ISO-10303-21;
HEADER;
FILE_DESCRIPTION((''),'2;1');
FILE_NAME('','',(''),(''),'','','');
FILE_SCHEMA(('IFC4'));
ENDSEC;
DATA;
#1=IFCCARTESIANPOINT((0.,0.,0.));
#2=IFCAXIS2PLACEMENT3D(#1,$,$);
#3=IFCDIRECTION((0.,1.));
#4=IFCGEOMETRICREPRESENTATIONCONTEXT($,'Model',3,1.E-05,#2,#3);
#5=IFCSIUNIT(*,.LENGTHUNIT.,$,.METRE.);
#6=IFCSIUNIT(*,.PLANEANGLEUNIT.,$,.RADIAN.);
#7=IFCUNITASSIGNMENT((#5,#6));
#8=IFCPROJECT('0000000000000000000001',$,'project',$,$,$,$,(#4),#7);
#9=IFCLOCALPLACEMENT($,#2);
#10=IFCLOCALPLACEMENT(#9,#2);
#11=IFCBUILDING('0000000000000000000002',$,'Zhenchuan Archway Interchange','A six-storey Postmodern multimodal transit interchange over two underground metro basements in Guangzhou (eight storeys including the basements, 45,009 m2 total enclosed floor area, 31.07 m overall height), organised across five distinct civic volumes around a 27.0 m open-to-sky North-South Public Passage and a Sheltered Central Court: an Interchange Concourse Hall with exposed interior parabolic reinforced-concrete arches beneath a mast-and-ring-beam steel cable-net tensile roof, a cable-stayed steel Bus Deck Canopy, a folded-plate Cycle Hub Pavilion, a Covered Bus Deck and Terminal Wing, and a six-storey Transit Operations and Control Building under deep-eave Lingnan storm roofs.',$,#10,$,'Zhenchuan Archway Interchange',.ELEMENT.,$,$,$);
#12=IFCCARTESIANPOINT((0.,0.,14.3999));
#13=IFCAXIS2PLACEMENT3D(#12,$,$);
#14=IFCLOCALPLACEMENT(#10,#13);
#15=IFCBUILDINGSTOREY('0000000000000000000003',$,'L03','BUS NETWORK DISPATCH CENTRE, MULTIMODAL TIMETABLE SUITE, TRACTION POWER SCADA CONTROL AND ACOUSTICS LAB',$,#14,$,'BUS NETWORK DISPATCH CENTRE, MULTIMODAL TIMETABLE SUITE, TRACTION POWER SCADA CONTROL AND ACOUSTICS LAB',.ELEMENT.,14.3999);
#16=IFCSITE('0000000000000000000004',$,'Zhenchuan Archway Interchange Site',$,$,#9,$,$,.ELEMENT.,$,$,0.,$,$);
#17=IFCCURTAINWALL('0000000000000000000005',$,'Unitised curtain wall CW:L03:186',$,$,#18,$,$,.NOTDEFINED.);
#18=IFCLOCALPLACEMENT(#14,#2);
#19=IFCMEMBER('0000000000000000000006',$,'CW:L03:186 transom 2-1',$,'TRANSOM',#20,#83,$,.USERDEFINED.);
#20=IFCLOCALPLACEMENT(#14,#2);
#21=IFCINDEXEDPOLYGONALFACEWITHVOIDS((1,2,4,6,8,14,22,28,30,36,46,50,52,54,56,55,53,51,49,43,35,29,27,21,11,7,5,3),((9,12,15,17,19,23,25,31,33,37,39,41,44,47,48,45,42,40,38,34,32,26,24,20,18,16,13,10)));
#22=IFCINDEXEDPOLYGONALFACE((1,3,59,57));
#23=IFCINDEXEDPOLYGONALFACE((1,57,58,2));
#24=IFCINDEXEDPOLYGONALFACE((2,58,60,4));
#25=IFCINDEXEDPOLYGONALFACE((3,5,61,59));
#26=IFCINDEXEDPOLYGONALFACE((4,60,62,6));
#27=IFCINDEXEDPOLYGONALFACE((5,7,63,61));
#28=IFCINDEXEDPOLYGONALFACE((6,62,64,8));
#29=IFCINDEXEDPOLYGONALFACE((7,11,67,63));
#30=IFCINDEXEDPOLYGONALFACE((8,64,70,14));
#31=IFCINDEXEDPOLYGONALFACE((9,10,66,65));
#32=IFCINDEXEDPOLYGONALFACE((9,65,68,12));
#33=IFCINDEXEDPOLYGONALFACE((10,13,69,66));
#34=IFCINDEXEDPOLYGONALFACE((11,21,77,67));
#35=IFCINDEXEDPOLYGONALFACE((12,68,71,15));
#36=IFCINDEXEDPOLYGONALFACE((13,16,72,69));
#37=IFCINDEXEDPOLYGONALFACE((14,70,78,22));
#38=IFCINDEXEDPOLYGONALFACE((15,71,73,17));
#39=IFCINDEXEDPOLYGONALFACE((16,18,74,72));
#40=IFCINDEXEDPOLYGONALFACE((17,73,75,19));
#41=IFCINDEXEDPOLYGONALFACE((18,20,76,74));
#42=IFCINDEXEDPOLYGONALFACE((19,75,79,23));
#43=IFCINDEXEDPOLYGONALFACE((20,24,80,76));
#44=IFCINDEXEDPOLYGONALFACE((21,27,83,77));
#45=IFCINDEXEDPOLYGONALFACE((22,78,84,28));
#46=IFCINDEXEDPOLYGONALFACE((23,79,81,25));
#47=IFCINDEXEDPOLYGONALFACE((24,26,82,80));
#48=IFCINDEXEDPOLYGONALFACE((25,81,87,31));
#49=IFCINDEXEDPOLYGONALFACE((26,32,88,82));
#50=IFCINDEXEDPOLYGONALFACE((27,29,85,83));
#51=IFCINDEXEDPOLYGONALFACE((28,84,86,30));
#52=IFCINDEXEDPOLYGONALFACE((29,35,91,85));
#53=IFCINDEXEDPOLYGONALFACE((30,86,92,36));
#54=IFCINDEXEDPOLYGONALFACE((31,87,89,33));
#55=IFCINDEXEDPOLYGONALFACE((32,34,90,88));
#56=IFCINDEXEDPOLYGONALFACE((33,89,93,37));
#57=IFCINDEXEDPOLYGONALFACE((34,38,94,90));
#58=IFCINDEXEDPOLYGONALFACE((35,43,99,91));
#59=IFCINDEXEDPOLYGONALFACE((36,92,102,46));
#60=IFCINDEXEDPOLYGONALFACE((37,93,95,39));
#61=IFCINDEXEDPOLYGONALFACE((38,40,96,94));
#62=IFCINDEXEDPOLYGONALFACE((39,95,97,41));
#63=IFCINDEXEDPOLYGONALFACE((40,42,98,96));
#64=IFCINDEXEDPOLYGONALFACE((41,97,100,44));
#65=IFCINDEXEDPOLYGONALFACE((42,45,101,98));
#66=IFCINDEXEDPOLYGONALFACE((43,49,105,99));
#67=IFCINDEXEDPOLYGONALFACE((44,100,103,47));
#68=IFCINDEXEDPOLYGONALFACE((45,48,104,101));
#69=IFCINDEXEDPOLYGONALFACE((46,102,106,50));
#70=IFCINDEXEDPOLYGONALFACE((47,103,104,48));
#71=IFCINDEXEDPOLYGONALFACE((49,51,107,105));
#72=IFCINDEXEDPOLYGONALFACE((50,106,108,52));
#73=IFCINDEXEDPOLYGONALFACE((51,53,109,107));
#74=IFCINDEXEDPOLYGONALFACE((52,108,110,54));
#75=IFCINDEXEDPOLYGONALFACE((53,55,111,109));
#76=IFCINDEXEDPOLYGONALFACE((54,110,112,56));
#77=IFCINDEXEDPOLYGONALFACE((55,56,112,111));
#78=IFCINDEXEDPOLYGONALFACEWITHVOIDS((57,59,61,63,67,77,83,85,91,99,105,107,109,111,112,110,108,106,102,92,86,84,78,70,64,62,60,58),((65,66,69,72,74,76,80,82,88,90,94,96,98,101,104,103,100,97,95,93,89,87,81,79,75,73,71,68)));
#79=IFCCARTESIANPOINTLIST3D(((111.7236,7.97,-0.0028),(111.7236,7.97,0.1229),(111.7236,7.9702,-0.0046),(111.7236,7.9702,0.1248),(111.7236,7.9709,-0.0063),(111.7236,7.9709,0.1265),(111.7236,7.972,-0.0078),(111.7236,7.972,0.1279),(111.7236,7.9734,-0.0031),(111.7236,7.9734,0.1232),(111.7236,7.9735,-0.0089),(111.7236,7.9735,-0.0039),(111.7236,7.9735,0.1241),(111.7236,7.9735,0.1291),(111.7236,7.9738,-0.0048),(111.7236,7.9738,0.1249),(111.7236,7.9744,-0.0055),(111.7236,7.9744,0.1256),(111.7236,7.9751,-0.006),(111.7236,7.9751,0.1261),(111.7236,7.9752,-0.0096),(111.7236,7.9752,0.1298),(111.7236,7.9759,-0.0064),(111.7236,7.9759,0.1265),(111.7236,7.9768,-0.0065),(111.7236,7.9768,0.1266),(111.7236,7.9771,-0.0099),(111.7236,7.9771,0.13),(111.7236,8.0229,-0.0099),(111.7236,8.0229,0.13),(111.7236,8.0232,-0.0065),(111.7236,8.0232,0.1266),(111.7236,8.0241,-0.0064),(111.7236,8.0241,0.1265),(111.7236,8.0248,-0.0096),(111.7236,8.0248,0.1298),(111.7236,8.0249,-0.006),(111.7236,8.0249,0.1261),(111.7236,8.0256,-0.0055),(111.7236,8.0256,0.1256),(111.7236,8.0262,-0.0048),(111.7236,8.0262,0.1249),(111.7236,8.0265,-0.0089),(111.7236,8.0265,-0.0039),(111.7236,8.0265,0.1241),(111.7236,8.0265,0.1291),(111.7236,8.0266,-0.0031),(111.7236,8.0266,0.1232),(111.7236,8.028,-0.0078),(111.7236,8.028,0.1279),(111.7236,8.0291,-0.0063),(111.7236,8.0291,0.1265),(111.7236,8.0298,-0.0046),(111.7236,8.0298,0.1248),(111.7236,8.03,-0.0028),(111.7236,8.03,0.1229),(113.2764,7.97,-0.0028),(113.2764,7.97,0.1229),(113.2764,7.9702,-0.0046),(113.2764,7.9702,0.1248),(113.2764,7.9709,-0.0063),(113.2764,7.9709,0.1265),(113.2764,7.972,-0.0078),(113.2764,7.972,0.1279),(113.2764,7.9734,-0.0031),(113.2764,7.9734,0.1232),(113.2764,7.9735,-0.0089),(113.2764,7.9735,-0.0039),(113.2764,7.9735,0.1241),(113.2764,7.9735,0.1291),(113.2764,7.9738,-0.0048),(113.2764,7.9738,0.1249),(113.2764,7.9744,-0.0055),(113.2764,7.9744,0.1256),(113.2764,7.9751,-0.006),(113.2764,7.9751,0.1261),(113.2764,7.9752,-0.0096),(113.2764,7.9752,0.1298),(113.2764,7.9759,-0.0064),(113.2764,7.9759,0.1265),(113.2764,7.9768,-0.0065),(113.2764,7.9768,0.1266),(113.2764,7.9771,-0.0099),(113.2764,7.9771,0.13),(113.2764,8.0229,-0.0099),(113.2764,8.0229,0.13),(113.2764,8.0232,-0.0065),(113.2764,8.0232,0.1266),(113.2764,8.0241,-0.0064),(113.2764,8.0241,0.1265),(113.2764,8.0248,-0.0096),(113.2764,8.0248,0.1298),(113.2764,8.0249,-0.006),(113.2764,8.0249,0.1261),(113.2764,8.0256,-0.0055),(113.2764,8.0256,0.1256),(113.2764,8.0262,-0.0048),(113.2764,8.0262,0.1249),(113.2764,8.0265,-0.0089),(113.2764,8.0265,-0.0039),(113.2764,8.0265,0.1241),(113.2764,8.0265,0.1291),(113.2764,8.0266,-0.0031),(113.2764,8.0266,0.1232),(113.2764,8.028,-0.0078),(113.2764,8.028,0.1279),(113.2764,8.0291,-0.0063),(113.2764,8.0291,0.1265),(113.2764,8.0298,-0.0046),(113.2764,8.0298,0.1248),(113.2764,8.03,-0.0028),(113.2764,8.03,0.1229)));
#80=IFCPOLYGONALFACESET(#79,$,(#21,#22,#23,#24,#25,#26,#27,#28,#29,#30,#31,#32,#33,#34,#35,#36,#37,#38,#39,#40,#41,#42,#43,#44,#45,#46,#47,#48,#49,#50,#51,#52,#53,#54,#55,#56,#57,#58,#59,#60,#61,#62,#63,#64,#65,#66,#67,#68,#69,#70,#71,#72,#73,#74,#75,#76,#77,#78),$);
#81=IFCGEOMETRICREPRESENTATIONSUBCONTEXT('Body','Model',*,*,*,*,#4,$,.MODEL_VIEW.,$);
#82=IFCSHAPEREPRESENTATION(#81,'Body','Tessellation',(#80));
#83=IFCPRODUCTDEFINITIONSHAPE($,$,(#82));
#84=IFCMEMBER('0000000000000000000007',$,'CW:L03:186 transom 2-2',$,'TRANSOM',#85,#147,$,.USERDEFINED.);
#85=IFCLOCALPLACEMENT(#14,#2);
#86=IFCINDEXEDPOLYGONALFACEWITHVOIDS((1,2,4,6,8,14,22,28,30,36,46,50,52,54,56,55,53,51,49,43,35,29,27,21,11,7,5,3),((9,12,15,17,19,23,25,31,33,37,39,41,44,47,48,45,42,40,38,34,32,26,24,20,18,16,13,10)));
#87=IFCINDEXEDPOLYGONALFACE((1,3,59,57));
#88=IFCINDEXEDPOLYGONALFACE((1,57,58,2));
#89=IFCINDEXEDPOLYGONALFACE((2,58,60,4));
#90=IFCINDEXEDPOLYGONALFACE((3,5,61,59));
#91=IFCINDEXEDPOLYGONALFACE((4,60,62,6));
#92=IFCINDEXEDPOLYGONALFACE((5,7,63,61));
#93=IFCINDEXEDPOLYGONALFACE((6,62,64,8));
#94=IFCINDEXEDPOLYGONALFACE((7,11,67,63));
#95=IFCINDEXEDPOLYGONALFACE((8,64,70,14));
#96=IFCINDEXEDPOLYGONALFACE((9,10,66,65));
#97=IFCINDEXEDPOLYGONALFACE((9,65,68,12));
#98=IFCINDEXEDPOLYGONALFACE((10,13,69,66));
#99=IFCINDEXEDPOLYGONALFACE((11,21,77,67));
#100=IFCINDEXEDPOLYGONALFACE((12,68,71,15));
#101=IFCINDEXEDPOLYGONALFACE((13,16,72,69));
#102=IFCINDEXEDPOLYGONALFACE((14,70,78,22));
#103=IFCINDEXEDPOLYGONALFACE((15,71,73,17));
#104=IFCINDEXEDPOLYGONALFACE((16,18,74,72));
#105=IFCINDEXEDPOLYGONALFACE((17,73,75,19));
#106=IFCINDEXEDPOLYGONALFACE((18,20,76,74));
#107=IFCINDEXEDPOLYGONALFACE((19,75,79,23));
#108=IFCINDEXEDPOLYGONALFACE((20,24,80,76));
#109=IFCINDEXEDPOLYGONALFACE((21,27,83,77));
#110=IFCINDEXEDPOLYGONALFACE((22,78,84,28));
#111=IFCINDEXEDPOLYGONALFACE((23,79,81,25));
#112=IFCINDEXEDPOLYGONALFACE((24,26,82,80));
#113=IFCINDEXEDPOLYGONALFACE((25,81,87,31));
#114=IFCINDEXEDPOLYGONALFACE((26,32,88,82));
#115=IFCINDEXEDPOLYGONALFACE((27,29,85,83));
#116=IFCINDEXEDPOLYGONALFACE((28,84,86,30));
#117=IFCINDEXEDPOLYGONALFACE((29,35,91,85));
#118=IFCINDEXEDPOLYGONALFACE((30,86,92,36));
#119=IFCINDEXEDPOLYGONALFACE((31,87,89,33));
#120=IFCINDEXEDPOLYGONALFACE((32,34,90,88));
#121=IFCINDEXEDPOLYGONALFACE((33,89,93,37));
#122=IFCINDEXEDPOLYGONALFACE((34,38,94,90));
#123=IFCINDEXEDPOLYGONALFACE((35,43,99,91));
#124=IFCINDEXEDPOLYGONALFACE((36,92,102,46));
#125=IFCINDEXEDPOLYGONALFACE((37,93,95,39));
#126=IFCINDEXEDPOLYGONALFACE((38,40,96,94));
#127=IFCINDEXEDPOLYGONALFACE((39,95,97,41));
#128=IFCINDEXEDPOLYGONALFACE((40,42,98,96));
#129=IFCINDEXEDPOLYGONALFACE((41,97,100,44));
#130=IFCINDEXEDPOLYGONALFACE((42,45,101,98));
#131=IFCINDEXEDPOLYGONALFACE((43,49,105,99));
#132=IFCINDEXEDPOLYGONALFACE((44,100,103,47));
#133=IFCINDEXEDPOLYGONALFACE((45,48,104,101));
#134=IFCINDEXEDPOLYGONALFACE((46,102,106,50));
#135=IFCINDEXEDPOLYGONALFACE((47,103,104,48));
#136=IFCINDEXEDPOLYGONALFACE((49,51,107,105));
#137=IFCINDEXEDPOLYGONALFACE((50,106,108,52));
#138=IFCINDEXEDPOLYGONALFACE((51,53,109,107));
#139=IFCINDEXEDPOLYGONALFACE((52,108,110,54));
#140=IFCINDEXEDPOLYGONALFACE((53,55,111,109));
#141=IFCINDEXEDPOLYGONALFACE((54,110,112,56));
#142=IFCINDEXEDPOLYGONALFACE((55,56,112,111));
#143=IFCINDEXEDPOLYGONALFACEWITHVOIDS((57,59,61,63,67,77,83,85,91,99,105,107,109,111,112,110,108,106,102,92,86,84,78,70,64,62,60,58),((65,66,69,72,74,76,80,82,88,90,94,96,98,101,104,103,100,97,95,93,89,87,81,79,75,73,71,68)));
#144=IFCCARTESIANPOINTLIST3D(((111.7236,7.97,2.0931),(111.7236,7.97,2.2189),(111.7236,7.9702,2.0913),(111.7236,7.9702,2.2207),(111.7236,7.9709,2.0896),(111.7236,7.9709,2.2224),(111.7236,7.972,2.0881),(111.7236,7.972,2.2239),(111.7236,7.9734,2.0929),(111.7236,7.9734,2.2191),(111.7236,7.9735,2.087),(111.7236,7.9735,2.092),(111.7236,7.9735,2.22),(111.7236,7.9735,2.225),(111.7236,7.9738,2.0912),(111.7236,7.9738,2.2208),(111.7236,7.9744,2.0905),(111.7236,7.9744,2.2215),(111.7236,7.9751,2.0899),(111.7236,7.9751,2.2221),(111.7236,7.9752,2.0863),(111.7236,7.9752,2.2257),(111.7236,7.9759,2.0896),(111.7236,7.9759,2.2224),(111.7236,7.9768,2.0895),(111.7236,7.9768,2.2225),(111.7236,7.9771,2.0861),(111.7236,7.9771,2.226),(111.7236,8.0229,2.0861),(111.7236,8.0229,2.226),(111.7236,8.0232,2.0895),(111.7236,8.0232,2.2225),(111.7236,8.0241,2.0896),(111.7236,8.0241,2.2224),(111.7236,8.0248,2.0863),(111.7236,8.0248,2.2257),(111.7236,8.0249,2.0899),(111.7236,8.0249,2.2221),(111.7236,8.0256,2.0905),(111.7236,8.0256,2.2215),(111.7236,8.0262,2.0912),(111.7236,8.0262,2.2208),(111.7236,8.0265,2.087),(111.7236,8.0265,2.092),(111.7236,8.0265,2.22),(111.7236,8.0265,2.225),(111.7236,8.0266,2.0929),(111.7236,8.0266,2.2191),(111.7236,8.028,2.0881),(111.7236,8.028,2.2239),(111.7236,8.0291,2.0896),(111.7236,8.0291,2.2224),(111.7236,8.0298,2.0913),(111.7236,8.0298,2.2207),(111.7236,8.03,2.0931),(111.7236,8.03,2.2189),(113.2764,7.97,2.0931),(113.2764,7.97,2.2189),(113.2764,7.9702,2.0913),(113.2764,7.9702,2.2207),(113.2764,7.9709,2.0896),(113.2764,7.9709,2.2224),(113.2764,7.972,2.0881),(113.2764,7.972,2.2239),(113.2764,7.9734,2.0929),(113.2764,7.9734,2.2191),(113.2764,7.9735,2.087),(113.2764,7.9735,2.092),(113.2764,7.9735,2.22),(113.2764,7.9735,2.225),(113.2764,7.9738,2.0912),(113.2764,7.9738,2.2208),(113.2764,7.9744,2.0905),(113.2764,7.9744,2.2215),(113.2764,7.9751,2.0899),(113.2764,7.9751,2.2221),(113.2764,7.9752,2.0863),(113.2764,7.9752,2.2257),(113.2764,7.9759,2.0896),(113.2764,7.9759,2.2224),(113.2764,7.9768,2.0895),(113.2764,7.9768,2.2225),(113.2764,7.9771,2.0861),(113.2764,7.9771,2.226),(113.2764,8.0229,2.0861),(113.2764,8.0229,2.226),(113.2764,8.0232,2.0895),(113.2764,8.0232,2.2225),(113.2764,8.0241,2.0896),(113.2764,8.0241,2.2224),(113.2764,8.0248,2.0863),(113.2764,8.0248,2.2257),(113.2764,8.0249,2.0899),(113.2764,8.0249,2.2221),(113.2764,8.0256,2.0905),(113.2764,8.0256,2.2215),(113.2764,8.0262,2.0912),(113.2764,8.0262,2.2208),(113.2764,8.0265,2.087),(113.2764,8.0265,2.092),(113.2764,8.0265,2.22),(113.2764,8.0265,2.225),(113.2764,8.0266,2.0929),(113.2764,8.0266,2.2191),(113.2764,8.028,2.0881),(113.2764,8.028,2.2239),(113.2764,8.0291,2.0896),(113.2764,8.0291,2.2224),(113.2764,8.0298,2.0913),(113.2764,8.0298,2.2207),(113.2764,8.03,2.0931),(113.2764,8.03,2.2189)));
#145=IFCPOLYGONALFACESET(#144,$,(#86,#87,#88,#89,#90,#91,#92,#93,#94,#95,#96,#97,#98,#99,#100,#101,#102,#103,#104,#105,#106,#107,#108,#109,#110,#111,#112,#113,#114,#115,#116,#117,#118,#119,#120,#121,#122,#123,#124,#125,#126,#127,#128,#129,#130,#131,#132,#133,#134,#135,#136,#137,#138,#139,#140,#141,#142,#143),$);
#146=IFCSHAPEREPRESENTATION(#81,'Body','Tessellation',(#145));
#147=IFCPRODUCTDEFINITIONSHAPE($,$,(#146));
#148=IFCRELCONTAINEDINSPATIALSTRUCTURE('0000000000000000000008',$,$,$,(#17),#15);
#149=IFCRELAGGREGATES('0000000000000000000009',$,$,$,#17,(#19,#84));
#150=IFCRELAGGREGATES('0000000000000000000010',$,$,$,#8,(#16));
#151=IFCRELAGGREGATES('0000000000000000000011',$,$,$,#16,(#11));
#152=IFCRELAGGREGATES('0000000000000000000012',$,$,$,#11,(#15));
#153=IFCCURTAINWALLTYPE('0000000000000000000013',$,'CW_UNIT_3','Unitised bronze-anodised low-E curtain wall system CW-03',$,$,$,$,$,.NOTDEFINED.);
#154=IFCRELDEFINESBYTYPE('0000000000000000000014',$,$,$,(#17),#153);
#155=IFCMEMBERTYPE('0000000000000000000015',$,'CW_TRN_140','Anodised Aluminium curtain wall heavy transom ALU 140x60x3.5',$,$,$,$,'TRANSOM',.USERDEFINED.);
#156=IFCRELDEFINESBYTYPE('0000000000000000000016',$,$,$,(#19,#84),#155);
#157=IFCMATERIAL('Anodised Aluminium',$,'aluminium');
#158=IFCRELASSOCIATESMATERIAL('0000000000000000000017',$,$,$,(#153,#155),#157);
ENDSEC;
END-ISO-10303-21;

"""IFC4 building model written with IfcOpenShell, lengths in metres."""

from ifc_helpers import new_model, si_unit, direction, frame, origin, origin_2d, place, context, subcontext, project, spatial, hollow_rectangle, extrude, material, material_profile, profile_set, type_object, element, aggregate, save


model = new_model("IFC4")

# Units and contexts
model_context = context("Model", 3, precision=1e-05, world=origin(), true_north=direction((0.0, 1.0)))
body_context = subcontext(model_context, "Body", "Model", "MODEL_VIEW")
ifc_project = project(units=[si_unit("LENGTHUNIT", "METRE"), si_unit("PLANEANGLEUNIT", "RADIAN")], contexts=[model_context])

# Site, building, storey
site_placement = place(None, origin())
site = spatial("IfcSite", under=ifc_project, at=site_placement, Name="Zhenchuan Archway Interchange Site", CompositionType="ELEMENT", RefElevation=0.0)
building_placement = place(site_placement, origin())
building = spatial("IfcBuilding", under=site, at=building_placement, Name="Zhenchuan Archway Interchange", Description="A six-storey Postmodern multimodal transit interchange over two underground metro basements in Guangzhou (eight storeys including the basements, 45,009 m2 total enclosed floor area, 31.07 m overall height), organised across five distinct civic volumes around a 27.0 m open-to-sky North-South Public Passage and a Sheltered Central Court: an Interchange Concourse Hall with exposed interior parabolic reinforced-concrete arches beneath a mast-and-ring-beam steel cable-net tensile roof, a cable-stayed steel Bus Deck Canopy, a folded-plate Cycle Hub Pavilion, a Covered Bus Deck and Terminal Wing, and a six-storey Transit Operations and Control Building under deep-eave Lingnan storm roofs.", LongName="Zhenchuan Archway Interchange", CompositionType="ELEMENT")
storey_placement = place(building_placement, frame((0.0, 0.0, 14.3999)))
storey = spatial("IfcBuildingStorey", under=building, at=storey_placement, Name="L03", Description="BUS NETWORK DISPATCH CENTRE, MULTIMODAL TIMETABLE SUITE, TRACTION POWER SCADA CONTROL AND ACOUSTICS LAB", LongName="BUS NETWORK DISPATCH CENTRE, MULTIMODAL TIMETABLE SUITE, TRACTION POWER SCADA CONTROL AND ACOUSTICS LAB", CompositionType="ELEMENT", Elevation=14.3999)

# Curtain wall, members
ifc_material_1 = material(Name="Anodised Aluminium", Category="aluminium")
curtain_wall_type = type_object("IfcCurtainWallType", Name="CW_UNIT_3", Description="Unitised bronze-anodised low-E curtain wall system CW-03", PredefinedType="NOTDEFINED", material=ifc_material_1)
curtain_wall_placement = place(storey_placement, origin())
curtain_wall = element("IfcCurtainWall", 1, at=curtain_wall_placement, inside=storey, type_object=curtain_wall_type, Name="Unitised curtain wall CW:L03:186", PredefinedType="NOTDEFINED")
ifc_material_profile_1 = material_profile(ifc_material_1, hollow_rectangle(XDim=0.0601, YDim=0.1399, WallThickness=0.0034, InnerFilletRadius=0.0034, OuterFilletRadius=0.0071, at=origin_2d()), Name="ALU 140x60x3.5")
ifc_profile_set_1 = profile_set([ifc_material_profile_1], Name="Anodised Aluminium")
member_type_1 = type_object("IfcMemberType", Name="CW_TRN_140", Description="Anodised Aluminium curtain wall heavy transom ALU 140x60x3.5", ElementType="TRANSOM", PredefinedType="USERDEFINED", material=ifc_profile_set_1)
member_1_placement = place(storey_placement, frame((113.2764, 8.0, 0.0601), z_axis=(-1.0, 0.0, 0.0), x_axis=(0.0, -1.0, 0.0)))
member_1 = element("IfcMember", 2, at=member_1_placement, type_object=member_type_1, Name="CW:L03:186 transom 2-1", ObjectType="TRANSOM", PredefinedType="USERDEFINED", context=body_context, shape_type="SweptSolid", body=[
    extrude(hollow_rectangle(XDim=0.0601, YDim=0.1399, WallThickness=0.0034, InnerFilletRadius=0.0034, OuterFilletRadius=0.0071, at=origin_2d()), origin(), (0.0, 0.0, 1.0), 1.5527),
])
member_2_placement = place(storey_placement, frame((113.2764, 8.0, 2.156), z_axis=(-1.0, 0.0, 0.0), x_axis=(0.0, -1.0, 0.0)))
member_2 = element("IfcMember", 3, at=member_2_placement, type_object=member_type_1, Name="CW:L03:186 transom 2-2", ObjectType="TRANSOM", PredefinedType="USERDEFINED", context=body_context, shape_type="SweptSolid", body=[
    extrude(hollow_rectangle(XDim=0.0601, YDim=0.1399, WallThickness=0.0034, InnerFilletRadius=0.0034, OuterFilletRadius=0.0071, at=origin_2d()), origin(), (0.0, 0.0, 1.0), 1.5527),
])

aggregate(curtain_wall, [member_1, member_2])

save(model, "model.ifc")
